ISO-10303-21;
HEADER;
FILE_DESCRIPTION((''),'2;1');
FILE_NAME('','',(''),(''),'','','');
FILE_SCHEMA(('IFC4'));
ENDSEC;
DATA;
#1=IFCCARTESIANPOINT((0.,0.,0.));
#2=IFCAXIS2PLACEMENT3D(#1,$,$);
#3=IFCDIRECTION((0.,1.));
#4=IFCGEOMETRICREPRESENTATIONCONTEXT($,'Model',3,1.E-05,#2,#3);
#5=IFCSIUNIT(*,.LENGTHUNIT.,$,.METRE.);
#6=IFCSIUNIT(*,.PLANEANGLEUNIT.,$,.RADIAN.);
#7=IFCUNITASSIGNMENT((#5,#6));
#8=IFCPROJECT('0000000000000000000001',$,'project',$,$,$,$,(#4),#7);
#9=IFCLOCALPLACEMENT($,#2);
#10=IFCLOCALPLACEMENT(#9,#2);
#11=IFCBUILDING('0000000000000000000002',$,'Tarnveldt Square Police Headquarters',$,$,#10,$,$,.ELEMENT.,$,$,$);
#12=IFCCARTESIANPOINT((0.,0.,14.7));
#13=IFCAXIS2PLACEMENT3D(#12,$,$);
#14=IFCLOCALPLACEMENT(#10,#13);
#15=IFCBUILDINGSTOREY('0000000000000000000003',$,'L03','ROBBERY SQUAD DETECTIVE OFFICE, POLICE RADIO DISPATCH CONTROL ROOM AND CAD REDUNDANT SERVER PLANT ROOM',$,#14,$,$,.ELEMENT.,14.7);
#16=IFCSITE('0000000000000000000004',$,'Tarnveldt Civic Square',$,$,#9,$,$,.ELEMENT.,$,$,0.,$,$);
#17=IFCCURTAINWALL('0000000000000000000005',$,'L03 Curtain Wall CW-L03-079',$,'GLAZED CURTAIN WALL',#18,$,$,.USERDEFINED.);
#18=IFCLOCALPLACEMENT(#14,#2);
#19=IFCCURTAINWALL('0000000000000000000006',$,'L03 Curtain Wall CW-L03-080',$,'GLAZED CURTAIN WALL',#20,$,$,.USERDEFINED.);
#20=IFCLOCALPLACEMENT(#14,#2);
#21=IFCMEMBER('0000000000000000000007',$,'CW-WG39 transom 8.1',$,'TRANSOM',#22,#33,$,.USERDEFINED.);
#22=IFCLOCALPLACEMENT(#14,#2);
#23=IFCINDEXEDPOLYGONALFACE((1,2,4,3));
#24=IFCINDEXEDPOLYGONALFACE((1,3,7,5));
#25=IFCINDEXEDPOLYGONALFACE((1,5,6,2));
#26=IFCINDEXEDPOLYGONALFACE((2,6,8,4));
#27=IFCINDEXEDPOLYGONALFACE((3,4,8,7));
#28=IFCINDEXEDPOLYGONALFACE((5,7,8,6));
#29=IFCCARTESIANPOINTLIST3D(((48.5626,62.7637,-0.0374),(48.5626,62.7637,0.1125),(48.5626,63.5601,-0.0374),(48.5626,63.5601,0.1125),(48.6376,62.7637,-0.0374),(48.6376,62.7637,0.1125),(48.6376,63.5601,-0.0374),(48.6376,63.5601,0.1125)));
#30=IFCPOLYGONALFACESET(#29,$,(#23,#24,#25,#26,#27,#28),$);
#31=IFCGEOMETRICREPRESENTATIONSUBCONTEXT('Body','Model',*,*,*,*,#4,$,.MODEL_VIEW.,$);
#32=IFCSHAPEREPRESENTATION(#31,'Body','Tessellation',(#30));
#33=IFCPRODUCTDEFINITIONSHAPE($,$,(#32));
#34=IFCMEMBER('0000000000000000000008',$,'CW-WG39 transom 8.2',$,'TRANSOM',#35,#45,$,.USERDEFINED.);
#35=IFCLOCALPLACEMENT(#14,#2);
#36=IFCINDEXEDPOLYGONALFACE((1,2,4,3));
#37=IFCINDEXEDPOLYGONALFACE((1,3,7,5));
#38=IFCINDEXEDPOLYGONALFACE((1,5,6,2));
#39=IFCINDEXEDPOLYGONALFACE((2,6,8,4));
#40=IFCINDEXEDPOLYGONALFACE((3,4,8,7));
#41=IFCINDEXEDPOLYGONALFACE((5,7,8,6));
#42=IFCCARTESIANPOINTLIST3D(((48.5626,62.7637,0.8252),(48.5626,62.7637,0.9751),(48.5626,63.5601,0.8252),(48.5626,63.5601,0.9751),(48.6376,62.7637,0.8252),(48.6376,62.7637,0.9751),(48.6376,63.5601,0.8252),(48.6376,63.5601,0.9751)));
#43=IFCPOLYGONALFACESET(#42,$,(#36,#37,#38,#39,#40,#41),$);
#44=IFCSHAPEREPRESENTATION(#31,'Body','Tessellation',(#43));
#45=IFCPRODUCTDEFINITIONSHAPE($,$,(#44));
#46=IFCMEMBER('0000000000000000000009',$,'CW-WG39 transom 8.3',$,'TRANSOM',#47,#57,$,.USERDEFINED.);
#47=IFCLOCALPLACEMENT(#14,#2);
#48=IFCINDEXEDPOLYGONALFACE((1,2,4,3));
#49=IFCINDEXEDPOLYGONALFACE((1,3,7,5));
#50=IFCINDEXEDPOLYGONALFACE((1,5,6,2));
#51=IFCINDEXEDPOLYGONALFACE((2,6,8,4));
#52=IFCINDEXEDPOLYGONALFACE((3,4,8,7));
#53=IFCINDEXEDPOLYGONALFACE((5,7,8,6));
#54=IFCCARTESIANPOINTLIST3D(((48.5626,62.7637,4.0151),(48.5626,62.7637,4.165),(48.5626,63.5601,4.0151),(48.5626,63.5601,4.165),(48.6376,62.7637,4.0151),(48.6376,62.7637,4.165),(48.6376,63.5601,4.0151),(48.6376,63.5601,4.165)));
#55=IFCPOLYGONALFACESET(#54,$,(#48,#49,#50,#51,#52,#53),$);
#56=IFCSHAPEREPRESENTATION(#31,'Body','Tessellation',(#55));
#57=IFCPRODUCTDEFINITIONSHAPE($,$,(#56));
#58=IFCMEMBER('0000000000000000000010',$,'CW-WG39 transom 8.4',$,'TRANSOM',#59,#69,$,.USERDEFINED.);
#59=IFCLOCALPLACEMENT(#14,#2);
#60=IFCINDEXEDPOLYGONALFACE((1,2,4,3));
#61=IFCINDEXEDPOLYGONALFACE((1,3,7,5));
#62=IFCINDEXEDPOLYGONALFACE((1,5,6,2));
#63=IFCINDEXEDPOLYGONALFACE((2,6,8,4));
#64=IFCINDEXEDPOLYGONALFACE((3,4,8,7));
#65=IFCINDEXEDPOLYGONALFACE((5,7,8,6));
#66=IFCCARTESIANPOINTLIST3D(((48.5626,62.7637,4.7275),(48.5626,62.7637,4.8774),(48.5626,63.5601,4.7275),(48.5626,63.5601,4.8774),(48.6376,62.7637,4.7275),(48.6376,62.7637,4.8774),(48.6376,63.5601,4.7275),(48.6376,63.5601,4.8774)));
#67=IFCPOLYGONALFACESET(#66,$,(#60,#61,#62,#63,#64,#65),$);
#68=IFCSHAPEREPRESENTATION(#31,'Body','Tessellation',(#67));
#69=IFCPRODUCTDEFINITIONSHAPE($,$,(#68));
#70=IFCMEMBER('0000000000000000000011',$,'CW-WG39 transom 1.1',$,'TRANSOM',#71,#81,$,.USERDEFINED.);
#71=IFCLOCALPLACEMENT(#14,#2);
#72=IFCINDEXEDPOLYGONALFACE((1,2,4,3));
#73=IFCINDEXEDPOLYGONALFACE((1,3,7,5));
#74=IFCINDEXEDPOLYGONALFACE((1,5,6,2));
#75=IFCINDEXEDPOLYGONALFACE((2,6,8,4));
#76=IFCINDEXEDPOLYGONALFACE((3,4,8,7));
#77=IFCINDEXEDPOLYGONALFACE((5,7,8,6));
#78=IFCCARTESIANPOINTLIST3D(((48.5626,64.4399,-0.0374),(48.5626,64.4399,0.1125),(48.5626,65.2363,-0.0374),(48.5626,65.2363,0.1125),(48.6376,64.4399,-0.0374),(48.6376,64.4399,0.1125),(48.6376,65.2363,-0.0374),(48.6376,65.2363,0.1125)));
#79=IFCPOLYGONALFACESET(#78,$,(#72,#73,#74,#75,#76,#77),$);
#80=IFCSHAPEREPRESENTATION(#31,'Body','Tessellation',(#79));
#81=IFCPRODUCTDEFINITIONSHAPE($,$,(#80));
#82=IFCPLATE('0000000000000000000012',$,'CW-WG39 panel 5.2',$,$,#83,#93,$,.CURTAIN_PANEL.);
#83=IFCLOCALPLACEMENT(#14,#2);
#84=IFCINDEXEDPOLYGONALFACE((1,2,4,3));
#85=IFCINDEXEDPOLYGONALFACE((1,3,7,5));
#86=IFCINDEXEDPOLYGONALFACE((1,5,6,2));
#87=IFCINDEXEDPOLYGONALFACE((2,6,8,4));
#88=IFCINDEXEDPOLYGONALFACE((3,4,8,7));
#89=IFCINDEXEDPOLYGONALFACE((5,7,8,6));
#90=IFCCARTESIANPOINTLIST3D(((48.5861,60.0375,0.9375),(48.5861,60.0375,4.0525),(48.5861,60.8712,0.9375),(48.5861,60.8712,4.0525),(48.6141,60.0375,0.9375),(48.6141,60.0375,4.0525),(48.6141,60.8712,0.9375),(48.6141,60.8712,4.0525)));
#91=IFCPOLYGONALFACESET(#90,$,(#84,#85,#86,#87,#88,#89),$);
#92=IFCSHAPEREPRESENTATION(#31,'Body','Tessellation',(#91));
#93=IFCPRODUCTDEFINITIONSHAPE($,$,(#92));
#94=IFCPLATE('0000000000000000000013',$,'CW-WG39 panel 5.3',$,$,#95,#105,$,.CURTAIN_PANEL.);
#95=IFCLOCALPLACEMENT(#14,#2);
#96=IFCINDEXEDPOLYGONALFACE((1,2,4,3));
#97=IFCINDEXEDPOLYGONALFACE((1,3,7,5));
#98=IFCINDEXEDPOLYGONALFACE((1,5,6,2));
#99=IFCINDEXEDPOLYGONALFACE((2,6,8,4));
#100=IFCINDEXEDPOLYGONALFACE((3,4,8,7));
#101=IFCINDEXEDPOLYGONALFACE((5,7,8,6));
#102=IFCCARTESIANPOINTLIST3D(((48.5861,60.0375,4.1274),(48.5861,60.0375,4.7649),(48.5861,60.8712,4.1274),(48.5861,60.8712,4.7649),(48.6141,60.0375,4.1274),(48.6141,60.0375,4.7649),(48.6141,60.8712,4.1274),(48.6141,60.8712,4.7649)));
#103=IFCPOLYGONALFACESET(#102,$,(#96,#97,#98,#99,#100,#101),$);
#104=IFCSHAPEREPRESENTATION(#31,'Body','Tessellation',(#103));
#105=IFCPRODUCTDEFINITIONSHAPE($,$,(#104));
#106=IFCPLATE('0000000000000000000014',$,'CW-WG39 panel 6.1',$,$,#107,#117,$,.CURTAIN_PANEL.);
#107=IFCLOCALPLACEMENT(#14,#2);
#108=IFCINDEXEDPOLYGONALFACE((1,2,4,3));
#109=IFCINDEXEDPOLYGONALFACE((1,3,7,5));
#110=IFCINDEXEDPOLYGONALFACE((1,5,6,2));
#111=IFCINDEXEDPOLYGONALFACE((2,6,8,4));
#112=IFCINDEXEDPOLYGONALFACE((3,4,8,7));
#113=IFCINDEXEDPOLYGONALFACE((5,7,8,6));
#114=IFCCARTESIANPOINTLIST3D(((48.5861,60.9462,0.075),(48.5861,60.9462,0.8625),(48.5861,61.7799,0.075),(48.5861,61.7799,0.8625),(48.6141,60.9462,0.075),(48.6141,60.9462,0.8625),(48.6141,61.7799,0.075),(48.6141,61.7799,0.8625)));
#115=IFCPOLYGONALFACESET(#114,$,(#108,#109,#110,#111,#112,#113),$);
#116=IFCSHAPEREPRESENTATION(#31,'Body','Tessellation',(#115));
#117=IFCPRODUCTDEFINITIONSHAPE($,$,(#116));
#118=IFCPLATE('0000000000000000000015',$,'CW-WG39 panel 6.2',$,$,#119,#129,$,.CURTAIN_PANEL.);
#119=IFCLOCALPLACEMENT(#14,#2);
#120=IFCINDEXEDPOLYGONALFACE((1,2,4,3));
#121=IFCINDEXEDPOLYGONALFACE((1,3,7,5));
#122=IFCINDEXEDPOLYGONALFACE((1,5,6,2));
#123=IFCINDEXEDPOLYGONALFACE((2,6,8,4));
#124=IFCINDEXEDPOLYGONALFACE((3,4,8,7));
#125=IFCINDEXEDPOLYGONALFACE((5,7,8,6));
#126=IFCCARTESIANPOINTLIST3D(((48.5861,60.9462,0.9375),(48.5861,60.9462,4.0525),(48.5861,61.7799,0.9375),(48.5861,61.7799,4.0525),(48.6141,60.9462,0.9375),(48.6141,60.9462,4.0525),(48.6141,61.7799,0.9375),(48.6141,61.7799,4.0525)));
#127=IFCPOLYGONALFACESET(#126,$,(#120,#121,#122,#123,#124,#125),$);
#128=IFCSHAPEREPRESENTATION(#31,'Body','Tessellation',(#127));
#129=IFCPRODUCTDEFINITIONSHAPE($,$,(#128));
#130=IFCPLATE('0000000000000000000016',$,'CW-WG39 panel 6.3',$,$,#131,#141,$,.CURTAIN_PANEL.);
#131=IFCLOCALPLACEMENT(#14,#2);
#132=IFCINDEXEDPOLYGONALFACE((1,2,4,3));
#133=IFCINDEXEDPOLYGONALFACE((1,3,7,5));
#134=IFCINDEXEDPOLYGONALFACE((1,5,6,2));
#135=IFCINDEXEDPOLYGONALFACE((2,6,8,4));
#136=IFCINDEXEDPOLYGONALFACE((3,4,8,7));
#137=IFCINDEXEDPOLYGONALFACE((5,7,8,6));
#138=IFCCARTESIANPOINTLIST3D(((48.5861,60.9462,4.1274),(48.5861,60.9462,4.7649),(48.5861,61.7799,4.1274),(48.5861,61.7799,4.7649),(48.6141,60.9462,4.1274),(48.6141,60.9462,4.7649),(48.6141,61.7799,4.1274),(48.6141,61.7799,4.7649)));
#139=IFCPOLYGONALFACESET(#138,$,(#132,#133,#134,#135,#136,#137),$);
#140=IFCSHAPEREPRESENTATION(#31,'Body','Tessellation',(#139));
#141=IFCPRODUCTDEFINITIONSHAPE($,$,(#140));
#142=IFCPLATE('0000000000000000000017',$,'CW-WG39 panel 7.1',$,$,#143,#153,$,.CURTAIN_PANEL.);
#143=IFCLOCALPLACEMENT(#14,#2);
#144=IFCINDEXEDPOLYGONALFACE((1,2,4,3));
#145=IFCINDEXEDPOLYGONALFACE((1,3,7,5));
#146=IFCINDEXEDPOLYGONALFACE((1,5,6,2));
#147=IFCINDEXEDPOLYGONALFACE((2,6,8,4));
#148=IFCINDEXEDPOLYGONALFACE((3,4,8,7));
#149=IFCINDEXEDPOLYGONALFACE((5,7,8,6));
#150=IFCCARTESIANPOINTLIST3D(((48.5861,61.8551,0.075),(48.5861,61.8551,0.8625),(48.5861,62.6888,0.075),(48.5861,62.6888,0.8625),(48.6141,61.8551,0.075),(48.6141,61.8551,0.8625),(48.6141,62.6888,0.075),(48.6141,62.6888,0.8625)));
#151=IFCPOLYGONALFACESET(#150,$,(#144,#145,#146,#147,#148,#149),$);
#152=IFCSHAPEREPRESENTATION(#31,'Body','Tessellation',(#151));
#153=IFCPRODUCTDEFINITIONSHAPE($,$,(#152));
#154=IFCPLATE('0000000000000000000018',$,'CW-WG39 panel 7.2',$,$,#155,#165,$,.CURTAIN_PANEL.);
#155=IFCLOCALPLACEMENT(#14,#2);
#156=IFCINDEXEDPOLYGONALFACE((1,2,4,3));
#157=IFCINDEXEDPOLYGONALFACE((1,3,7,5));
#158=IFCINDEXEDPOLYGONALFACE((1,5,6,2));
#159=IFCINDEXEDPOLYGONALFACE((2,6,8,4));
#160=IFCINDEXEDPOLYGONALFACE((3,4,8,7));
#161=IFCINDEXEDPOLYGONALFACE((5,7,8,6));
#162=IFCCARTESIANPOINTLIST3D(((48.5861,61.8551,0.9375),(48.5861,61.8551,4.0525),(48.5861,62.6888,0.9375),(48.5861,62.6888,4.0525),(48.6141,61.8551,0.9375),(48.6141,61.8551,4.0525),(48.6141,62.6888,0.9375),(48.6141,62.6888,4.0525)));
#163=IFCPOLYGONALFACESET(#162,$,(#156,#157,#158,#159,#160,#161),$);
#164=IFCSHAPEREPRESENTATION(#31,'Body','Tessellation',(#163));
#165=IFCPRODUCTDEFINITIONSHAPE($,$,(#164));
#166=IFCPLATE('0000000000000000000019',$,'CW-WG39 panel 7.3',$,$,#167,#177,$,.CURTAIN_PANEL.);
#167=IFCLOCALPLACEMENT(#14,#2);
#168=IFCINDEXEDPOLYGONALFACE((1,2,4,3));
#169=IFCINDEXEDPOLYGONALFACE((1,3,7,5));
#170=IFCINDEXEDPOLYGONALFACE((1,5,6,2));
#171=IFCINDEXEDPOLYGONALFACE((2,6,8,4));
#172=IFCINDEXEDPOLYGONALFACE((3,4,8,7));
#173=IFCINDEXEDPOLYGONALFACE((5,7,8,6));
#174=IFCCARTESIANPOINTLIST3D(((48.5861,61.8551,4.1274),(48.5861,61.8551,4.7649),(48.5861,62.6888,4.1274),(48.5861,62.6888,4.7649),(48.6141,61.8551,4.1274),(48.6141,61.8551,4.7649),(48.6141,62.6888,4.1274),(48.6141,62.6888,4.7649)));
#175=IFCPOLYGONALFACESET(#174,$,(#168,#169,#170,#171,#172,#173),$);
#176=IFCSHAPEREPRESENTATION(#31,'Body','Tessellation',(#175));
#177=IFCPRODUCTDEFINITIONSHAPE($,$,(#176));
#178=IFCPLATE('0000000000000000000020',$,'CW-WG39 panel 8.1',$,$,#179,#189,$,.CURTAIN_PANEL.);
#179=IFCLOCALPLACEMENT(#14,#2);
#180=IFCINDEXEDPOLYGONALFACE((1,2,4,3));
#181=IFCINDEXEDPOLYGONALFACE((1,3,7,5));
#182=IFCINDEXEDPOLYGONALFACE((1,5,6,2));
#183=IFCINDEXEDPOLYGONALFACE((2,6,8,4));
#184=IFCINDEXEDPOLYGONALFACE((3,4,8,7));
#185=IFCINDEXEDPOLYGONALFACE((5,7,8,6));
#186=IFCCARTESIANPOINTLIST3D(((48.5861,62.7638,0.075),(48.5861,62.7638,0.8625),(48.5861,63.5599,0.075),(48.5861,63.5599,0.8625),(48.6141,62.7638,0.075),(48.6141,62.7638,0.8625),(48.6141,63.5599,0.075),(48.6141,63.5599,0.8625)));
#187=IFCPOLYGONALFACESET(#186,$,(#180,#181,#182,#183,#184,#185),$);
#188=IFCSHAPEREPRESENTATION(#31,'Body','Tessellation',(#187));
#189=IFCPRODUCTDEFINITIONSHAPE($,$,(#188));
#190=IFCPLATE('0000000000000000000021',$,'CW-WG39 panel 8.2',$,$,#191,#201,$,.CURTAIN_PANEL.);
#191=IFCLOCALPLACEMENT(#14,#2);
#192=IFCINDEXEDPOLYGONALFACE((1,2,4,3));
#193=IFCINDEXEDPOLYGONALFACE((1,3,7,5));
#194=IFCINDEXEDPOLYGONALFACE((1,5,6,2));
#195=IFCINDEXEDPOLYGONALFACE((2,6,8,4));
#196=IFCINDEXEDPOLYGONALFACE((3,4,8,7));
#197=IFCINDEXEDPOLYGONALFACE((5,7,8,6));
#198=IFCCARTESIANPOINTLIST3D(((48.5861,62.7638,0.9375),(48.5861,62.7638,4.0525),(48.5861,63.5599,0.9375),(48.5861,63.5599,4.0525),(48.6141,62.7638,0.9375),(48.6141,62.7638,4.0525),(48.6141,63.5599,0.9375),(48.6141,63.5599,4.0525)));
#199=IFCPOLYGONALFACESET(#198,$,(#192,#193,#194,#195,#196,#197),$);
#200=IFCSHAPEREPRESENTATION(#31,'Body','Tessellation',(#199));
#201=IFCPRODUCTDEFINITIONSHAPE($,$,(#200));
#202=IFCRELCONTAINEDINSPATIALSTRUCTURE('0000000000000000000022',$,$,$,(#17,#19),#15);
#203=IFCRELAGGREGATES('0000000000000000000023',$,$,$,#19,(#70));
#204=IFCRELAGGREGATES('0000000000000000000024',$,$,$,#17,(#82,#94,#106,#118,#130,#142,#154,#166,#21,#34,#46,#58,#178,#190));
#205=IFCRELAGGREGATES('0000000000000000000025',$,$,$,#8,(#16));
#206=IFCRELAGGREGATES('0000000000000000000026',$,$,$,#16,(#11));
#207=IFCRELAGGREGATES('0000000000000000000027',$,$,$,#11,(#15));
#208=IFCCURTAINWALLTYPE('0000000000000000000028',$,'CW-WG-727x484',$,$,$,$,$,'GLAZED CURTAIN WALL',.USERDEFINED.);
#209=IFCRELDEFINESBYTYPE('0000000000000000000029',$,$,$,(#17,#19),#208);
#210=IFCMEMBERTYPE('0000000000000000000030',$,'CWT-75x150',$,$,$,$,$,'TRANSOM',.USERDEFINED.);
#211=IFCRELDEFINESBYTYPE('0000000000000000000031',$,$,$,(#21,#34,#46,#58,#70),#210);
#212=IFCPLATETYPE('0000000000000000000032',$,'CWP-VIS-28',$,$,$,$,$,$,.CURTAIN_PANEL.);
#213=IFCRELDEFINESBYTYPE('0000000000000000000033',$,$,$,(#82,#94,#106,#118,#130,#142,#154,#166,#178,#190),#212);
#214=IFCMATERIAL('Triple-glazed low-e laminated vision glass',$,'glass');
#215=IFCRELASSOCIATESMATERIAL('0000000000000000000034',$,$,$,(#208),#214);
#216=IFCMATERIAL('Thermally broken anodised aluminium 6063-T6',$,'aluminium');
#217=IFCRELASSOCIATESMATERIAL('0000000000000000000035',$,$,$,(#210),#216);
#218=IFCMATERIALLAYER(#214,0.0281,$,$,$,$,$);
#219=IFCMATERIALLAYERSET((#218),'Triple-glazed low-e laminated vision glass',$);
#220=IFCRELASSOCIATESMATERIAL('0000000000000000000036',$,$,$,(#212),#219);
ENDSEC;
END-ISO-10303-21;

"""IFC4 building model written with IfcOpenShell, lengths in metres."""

from ifc_helpers import new_model, si_unit, direction, frame, origin, origin_2d, place, context, subcontext, project, spatial, rectangle, extrude, material, layer, layer_set, material_profile, profile_set, type_object, element, aggregate, save


model = new_model("IFC4")

# Units and contexts
model_context = context("Model", 3, precision=1e-05, world=origin(), true_north=direction((0.0, 1.0)))
body_context = subcontext(model_context, "Body", "Model", "MODEL_VIEW")
ifc_project = project(units=[si_unit("LENGTHUNIT", "METRE"), si_unit("PLANEANGLEUNIT", "RADIAN")], contexts=[model_context])

# Site, building, storey
site_placement = place(None, origin())
site = spatial("IfcSite", under=ifc_project, at=site_placement, Name="Tarnveldt Civic Square", CompositionType="ELEMENT", RefElevation=0.0)
building_placement = place(site_placement, origin())
building = spatial("IfcBuilding", under=site, at=building_placement, Name="Tarnveldt Square Police Headquarters", CompositionType="ELEMENT")
storey_placement = place(building_placement, frame((0.0, 0.0, 14.7)))
storey = spatial("IfcBuildingStorey", under=building, at=storey_placement, Name="L03", Description="ROBBERY SQUAD DETECTIVE OFFICE, POLICE RADIO DISPATCH CONTROL ROOM AND CAD REDUNDANT SERVER PLANT ROOM", CompositionType="ELEMENT", Elevation=14.7)

# Curtain wall
ifc_material_1 = material(Name="Triple-glazed low-e laminated vision glass", Category="glass")
curtain_wall_type = type_object("IfcCurtainWallType", Name="CW-WG-727x484", ElementType="GLAZED CURTAIN WALL", PredefinedType="USERDEFINED", material=ifc_material_1)
curtain_wall_1_placement = place(storey_placement, origin())
curtain_wall_1 = element("IfcCurtainWall", 1, at=curtain_wall_1_placement, inside=storey, type_object=curtain_wall_type, Name="L03 Curtain Wall CW-L03-079", ObjectType="GLAZED CURTAIN WALL", PredefinedType="USERDEFINED")
ifc_material_2 = material(Name="Thermally broken anodised aluminium 6063-T6", Category="aluminium")

# Curtain wall
curtain_wall_2_placement = place(storey_placement, origin())
curtain_wall_2 = element("IfcCurtainWall", 2, at=curtain_wall_2_placement, inside=storey, type_object=curtain_wall_type, Name="L03 Curtain Wall CW-L03-080", ObjectType="GLAZED CURTAIN WALL", PredefinedType="USERDEFINED")

# Members
ifc_material_profile_1 = material_profile(ifc_material_2, rectangle(XDim=0.075, YDim=0.1499, at=origin_2d()), Name="CW-T75x150")
ifc_profile_set_1 = profile_set([ifc_material_profile_1], Name="Thermally broken anodised aluminium 6063-T6")
member_type_1 = type_object("IfcMemberType", Name="CWT-75x150", ElementType="TRANSOM", PredefinedType="USERDEFINED", material=ifc_profile_set_1)
member_1_placement = place(storey_placement, frame((48.6001, 62.7637, 0.0376), z_axis=(0.0, 1.0, 0.0), x_axis=(-1.0, 0.0, 0.0)))
member_1 = element("IfcMember", 3, at=member_1_placement, type_object=member_type_1, Name="CW-WG39 transom 8.1", ObjectType="TRANSOM", PredefinedType="USERDEFINED", context=body_context, shape_type="SweptSolid", body=[
    extrude(rectangle(XDim=0.075, YDim=0.1499, at=origin_2d()), origin(), (0.0, 0.0, 1.0), 0.7964),
])
member_2_placement = place(storey_placement, frame((48.6001, 62.7637, 0.9001), z_axis=(0.0, 1.0, 0.0), x_axis=(-1.0, 0.0, 0.0)))
member_2 = element("IfcMember", 4, at=member_2_placement, type_object=member_type_1, Name="CW-WG39 transom 8.2", ObjectType="TRANSOM", PredefinedType="USERDEFINED", context=body_context, shape_type="SweptSolid", body=[
    extrude(rectangle(XDim=0.075, YDim=0.1499, at=origin_2d()), origin(), (0.0, 0.0, 1.0), 0.7964),
])
member_3_placement = place(storey_placement, frame((48.6001, 62.7637, 4.0901), z_axis=(0.0, 1.0, 0.0), x_axis=(-1.0, 0.0, 0.0)))
member_3 = element("IfcMember", 5, at=member_3_placement, type_object=member_type_1, Name="CW-WG39 transom 8.3", ObjectType="TRANSOM", PredefinedType="USERDEFINED", context=body_context, shape_type="SweptSolid", body=[
    extrude(rectangle(XDim=0.075, YDim=0.1499, at=origin_2d()), origin(), (0.0, 0.0, 1.0), 0.7964),
])
member_4_placement = place(storey_placement, frame((48.6001, 62.7637, 4.8025), z_axis=(0.0, 1.0, 0.0), x_axis=(-1.0, 0.0, 0.0)))
member_4 = element("IfcMember", 6, at=member_4_placement, type_object=member_type_1, Name="CW-WG39 transom 8.4", ObjectType="TRANSOM", PredefinedType="USERDEFINED", context=body_context, shape_type="SweptSolid", body=[
    extrude(rectangle(XDim=0.075, YDim=0.1499, at=origin_2d()), origin(), (0.0, 0.0, 1.0), 0.7964),
])
member_5_placement = place(storey_placement, frame((48.6001, 64.4399, 0.0376), z_axis=(0.0, 1.0, 0.0), x_axis=(-1.0, 0.0, 0.0)))
member_5 = element("IfcMember", 7, at=member_5_placement, type_object=member_type_1, Name="CW-WG39 transom 1.1", ObjectType="TRANSOM", PredefinedType="USERDEFINED", context=body_context, shape_type="SweptSolid", body=[
    extrude(rectangle(XDim=0.075, YDim=0.1499, at=origin_2d()), origin(), (0.0, 0.0, 1.0), 0.7964),
])
aggregate(curtain_wall_2, [member_5])

# Plates
ifc_layer = layer(ifc_material_1, 0.0281)
ifc_layer_set = layer_set([ifc_layer], Name="Triple-glazed low-e laminated vision glass")
plate_type = type_object("IfcPlateType", Name="CWP-VIS-28", PredefinedType="CURTAIN_PANEL", material=ifc_layer_set)
plate_1_placement = place(storey_placement, frame((48.6001, 60.4543, 0.9375), z_axis=(0.0, 0.0, 1.0), x_axis=(0.0, 1.0, 0.0)))
plate_1 = element("IfcPlate", 8, at=plate_1_placement, type_object=plate_type, Name="CW-WG39 panel 5.2", PredefinedType="CURTAIN_PANEL", context=body_context, shape_type="SweptSolid", body=[
    extrude(rectangle(XDim=0.8337, YDim=0.0281, at=origin_2d()), origin(), (0.0, 0.0, 1.0), 3.115),
])
plate_2_placement = place(storey_placement, frame((48.6001, 60.4543, 4.1274), z_axis=(0.0, 0.0, 1.0), x_axis=(0.0, 1.0, 0.0)))
plate_2 = element("IfcPlate", 9, at=plate_2_placement, type_object=plate_type, Name="CW-WG39 panel 5.3", PredefinedType="CURTAIN_PANEL", context=body_context, shape_type="SweptSolid", body=[
    extrude(rectangle(XDim=0.8337, YDim=0.0281, at=origin_2d()), origin(), (0.0, 0.0, 1.0), 0.6375),
])
plate_3_placement = place(storey_placement, frame((48.6001, 61.363, 0.075), z_axis=(0.0, 0.0, 1.0), x_axis=(0.0, 1.0, 0.0)))
plate_3 = element("IfcPlate", 10, at=plate_3_placement, type_object=plate_type, Name="CW-WG39 panel 6.1", PredefinedType="CURTAIN_PANEL", context=body_context, shape_type="SweptSolid", body=[
    extrude(rectangle(XDim=0.8337, YDim=0.0281, at=origin_2d()), origin(), (0.0, 0.0, 1.0), 0.7876),
])
plate_4_placement = place(storey_placement, frame((48.6001, 61.363, 0.9375), z_axis=(0.0, 0.0, 1.0), x_axis=(0.0, 1.0, 0.0)))
plate_4 = element("IfcPlate", 11, at=plate_4_placement, type_object=plate_type, Name="CW-WG39 panel 6.2", PredefinedType="CURTAIN_PANEL", context=body_context, shape_type="SweptSolid", body=[
    extrude(rectangle(XDim=0.8337, YDim=0.0281, at=origin_2d()), origin(), (0.0, 0.0, 1.0), 3.115),
])
plate_5_placement = place(storey_placement, frame((48.6001, 61.363, 4.1274), z_axis=(0.0, 0.0, 1.0), x_axis=(0.0, 1.0, 0.0)))
plate_5 = element("IfcPlate", 12, at=plate_5_placement, type_object=plate_type, Name="CW-WG39 panel 6.3", PredefinedType="CURTAIN_PANEL", context=body_context, shape_type="SweptSolid", body=[
    extrude(rectangle(XDim=0.8337, YDim=0.0281, at=origin_2d()), origin(), (0.0, 0.0, 1.0), 0.6375),
])
plate_6_placement = place(storey_placement, frame((48.6001, 62.272, 0.075), z_axis=(0.0, 0.0, 1.0), x_axis=(0.0, 1.0, 0.0)))
plate_6 = element("IfcPlate", 13, at=plate_6_placement, type_object=plate_type, Name="CW-WG39 panel 7.1", PredefinedType="CURTAIN_PANEL", context=body_context, shape_type="SweptSolid", body=[
    extrude(rectangle(XDim=0.8337, YDim=0.0281, at=origin_2d()), origin(), (0.0, 0.0, 1.0), 0.7876),
])
plate_7_placement = place(storey_placement, frame((48.6001, 62.272, 0.9375), z_axis=(0.0, 0.0, 1.0), x_axis=(0.0, 1.0, 0.0)))
plate_7 = element("IfcPlate", 14, at=plate_7_placement, type_object=plate_type, Name="CW-WG39 panel 7.2", PredefinedType="CURTAIN_PANEL", context=body_context, shape_type="SweptSolid", body=[
    extrude(rectangle(XDim=0.8337, YDim=0.0281, at=origin_2d()), origin(), (0.0, 0.0, 1.0), 3.115),
])
plate_8_placement = place(storey_placement, frame((48.6001, 62.272, 4.1274), z_axis=(0.0, 0.0, 1.0), x_axis=(0.0, 1.0, 0.0)))
plate_8 = element("IfcPlate", 15, at=plate_8_placement, type_object=plate_type, Name="CW-WG39 panel 7.3", PredefinedType="CURTAIN_PANEL", context=body_context, shape_type="SweptSolid", body=[
    extrude(rectangle(XDim=0.8337, YDim=0.0281, at=origin_2d()), origin(), (0.0, 0.0, 1.0), 0.6375),
])
plate_9_placement = place(storey_placement, frame((48.6001, 63.1619, 0.075), z_axis=(0.0, 0.0, 1.0), x_axis=(0.0, 1.0, 0.0)))
plate_9 = element("IfcPlate", 16, at=plate_9_placement, type_object=plate_type, Name="CW-WG39 panel 8.1", PredefinedType="CURTAIN_PANEL", context=body_context, shape_type="SweptSolid", body=[
    extrude(rectangle(XDim=0.7961, YDim=0.0281, at=origin_2d()), origin(), (0.0, 0.0, 1.0), 0.7876),
])
plate_10_placement = place(storey_placement, frame((48.6001, 63.1619, 0.9375), z_axis=(0.0, 0.0, 1.0), x_axis=(0.0, 1.0, 0.0)))
plate_10 = element("IfcPlate", 17, at=plate_10_placement, type_object=plate_type, Name="CW-WG39 panel 8.2", PredefinedType="CURTAIN_PANEL", context=body_context, shape_type="SweptSolid", body=[
    extrude(rectangle(XDim=0.7961, YDim=0.0281, at=origin_2d()), origin(), (0.0, 0.0, 1.0), 3.115),
])
aggregate(curtain_wall_1, [plate_1, plate_2, plate_3, plate_4, plate_5, plate_6, plate_7, plate_8, member_1, member_2, member_3, member_4, plate_9, plate_10])

save(model, "model.ifc")
